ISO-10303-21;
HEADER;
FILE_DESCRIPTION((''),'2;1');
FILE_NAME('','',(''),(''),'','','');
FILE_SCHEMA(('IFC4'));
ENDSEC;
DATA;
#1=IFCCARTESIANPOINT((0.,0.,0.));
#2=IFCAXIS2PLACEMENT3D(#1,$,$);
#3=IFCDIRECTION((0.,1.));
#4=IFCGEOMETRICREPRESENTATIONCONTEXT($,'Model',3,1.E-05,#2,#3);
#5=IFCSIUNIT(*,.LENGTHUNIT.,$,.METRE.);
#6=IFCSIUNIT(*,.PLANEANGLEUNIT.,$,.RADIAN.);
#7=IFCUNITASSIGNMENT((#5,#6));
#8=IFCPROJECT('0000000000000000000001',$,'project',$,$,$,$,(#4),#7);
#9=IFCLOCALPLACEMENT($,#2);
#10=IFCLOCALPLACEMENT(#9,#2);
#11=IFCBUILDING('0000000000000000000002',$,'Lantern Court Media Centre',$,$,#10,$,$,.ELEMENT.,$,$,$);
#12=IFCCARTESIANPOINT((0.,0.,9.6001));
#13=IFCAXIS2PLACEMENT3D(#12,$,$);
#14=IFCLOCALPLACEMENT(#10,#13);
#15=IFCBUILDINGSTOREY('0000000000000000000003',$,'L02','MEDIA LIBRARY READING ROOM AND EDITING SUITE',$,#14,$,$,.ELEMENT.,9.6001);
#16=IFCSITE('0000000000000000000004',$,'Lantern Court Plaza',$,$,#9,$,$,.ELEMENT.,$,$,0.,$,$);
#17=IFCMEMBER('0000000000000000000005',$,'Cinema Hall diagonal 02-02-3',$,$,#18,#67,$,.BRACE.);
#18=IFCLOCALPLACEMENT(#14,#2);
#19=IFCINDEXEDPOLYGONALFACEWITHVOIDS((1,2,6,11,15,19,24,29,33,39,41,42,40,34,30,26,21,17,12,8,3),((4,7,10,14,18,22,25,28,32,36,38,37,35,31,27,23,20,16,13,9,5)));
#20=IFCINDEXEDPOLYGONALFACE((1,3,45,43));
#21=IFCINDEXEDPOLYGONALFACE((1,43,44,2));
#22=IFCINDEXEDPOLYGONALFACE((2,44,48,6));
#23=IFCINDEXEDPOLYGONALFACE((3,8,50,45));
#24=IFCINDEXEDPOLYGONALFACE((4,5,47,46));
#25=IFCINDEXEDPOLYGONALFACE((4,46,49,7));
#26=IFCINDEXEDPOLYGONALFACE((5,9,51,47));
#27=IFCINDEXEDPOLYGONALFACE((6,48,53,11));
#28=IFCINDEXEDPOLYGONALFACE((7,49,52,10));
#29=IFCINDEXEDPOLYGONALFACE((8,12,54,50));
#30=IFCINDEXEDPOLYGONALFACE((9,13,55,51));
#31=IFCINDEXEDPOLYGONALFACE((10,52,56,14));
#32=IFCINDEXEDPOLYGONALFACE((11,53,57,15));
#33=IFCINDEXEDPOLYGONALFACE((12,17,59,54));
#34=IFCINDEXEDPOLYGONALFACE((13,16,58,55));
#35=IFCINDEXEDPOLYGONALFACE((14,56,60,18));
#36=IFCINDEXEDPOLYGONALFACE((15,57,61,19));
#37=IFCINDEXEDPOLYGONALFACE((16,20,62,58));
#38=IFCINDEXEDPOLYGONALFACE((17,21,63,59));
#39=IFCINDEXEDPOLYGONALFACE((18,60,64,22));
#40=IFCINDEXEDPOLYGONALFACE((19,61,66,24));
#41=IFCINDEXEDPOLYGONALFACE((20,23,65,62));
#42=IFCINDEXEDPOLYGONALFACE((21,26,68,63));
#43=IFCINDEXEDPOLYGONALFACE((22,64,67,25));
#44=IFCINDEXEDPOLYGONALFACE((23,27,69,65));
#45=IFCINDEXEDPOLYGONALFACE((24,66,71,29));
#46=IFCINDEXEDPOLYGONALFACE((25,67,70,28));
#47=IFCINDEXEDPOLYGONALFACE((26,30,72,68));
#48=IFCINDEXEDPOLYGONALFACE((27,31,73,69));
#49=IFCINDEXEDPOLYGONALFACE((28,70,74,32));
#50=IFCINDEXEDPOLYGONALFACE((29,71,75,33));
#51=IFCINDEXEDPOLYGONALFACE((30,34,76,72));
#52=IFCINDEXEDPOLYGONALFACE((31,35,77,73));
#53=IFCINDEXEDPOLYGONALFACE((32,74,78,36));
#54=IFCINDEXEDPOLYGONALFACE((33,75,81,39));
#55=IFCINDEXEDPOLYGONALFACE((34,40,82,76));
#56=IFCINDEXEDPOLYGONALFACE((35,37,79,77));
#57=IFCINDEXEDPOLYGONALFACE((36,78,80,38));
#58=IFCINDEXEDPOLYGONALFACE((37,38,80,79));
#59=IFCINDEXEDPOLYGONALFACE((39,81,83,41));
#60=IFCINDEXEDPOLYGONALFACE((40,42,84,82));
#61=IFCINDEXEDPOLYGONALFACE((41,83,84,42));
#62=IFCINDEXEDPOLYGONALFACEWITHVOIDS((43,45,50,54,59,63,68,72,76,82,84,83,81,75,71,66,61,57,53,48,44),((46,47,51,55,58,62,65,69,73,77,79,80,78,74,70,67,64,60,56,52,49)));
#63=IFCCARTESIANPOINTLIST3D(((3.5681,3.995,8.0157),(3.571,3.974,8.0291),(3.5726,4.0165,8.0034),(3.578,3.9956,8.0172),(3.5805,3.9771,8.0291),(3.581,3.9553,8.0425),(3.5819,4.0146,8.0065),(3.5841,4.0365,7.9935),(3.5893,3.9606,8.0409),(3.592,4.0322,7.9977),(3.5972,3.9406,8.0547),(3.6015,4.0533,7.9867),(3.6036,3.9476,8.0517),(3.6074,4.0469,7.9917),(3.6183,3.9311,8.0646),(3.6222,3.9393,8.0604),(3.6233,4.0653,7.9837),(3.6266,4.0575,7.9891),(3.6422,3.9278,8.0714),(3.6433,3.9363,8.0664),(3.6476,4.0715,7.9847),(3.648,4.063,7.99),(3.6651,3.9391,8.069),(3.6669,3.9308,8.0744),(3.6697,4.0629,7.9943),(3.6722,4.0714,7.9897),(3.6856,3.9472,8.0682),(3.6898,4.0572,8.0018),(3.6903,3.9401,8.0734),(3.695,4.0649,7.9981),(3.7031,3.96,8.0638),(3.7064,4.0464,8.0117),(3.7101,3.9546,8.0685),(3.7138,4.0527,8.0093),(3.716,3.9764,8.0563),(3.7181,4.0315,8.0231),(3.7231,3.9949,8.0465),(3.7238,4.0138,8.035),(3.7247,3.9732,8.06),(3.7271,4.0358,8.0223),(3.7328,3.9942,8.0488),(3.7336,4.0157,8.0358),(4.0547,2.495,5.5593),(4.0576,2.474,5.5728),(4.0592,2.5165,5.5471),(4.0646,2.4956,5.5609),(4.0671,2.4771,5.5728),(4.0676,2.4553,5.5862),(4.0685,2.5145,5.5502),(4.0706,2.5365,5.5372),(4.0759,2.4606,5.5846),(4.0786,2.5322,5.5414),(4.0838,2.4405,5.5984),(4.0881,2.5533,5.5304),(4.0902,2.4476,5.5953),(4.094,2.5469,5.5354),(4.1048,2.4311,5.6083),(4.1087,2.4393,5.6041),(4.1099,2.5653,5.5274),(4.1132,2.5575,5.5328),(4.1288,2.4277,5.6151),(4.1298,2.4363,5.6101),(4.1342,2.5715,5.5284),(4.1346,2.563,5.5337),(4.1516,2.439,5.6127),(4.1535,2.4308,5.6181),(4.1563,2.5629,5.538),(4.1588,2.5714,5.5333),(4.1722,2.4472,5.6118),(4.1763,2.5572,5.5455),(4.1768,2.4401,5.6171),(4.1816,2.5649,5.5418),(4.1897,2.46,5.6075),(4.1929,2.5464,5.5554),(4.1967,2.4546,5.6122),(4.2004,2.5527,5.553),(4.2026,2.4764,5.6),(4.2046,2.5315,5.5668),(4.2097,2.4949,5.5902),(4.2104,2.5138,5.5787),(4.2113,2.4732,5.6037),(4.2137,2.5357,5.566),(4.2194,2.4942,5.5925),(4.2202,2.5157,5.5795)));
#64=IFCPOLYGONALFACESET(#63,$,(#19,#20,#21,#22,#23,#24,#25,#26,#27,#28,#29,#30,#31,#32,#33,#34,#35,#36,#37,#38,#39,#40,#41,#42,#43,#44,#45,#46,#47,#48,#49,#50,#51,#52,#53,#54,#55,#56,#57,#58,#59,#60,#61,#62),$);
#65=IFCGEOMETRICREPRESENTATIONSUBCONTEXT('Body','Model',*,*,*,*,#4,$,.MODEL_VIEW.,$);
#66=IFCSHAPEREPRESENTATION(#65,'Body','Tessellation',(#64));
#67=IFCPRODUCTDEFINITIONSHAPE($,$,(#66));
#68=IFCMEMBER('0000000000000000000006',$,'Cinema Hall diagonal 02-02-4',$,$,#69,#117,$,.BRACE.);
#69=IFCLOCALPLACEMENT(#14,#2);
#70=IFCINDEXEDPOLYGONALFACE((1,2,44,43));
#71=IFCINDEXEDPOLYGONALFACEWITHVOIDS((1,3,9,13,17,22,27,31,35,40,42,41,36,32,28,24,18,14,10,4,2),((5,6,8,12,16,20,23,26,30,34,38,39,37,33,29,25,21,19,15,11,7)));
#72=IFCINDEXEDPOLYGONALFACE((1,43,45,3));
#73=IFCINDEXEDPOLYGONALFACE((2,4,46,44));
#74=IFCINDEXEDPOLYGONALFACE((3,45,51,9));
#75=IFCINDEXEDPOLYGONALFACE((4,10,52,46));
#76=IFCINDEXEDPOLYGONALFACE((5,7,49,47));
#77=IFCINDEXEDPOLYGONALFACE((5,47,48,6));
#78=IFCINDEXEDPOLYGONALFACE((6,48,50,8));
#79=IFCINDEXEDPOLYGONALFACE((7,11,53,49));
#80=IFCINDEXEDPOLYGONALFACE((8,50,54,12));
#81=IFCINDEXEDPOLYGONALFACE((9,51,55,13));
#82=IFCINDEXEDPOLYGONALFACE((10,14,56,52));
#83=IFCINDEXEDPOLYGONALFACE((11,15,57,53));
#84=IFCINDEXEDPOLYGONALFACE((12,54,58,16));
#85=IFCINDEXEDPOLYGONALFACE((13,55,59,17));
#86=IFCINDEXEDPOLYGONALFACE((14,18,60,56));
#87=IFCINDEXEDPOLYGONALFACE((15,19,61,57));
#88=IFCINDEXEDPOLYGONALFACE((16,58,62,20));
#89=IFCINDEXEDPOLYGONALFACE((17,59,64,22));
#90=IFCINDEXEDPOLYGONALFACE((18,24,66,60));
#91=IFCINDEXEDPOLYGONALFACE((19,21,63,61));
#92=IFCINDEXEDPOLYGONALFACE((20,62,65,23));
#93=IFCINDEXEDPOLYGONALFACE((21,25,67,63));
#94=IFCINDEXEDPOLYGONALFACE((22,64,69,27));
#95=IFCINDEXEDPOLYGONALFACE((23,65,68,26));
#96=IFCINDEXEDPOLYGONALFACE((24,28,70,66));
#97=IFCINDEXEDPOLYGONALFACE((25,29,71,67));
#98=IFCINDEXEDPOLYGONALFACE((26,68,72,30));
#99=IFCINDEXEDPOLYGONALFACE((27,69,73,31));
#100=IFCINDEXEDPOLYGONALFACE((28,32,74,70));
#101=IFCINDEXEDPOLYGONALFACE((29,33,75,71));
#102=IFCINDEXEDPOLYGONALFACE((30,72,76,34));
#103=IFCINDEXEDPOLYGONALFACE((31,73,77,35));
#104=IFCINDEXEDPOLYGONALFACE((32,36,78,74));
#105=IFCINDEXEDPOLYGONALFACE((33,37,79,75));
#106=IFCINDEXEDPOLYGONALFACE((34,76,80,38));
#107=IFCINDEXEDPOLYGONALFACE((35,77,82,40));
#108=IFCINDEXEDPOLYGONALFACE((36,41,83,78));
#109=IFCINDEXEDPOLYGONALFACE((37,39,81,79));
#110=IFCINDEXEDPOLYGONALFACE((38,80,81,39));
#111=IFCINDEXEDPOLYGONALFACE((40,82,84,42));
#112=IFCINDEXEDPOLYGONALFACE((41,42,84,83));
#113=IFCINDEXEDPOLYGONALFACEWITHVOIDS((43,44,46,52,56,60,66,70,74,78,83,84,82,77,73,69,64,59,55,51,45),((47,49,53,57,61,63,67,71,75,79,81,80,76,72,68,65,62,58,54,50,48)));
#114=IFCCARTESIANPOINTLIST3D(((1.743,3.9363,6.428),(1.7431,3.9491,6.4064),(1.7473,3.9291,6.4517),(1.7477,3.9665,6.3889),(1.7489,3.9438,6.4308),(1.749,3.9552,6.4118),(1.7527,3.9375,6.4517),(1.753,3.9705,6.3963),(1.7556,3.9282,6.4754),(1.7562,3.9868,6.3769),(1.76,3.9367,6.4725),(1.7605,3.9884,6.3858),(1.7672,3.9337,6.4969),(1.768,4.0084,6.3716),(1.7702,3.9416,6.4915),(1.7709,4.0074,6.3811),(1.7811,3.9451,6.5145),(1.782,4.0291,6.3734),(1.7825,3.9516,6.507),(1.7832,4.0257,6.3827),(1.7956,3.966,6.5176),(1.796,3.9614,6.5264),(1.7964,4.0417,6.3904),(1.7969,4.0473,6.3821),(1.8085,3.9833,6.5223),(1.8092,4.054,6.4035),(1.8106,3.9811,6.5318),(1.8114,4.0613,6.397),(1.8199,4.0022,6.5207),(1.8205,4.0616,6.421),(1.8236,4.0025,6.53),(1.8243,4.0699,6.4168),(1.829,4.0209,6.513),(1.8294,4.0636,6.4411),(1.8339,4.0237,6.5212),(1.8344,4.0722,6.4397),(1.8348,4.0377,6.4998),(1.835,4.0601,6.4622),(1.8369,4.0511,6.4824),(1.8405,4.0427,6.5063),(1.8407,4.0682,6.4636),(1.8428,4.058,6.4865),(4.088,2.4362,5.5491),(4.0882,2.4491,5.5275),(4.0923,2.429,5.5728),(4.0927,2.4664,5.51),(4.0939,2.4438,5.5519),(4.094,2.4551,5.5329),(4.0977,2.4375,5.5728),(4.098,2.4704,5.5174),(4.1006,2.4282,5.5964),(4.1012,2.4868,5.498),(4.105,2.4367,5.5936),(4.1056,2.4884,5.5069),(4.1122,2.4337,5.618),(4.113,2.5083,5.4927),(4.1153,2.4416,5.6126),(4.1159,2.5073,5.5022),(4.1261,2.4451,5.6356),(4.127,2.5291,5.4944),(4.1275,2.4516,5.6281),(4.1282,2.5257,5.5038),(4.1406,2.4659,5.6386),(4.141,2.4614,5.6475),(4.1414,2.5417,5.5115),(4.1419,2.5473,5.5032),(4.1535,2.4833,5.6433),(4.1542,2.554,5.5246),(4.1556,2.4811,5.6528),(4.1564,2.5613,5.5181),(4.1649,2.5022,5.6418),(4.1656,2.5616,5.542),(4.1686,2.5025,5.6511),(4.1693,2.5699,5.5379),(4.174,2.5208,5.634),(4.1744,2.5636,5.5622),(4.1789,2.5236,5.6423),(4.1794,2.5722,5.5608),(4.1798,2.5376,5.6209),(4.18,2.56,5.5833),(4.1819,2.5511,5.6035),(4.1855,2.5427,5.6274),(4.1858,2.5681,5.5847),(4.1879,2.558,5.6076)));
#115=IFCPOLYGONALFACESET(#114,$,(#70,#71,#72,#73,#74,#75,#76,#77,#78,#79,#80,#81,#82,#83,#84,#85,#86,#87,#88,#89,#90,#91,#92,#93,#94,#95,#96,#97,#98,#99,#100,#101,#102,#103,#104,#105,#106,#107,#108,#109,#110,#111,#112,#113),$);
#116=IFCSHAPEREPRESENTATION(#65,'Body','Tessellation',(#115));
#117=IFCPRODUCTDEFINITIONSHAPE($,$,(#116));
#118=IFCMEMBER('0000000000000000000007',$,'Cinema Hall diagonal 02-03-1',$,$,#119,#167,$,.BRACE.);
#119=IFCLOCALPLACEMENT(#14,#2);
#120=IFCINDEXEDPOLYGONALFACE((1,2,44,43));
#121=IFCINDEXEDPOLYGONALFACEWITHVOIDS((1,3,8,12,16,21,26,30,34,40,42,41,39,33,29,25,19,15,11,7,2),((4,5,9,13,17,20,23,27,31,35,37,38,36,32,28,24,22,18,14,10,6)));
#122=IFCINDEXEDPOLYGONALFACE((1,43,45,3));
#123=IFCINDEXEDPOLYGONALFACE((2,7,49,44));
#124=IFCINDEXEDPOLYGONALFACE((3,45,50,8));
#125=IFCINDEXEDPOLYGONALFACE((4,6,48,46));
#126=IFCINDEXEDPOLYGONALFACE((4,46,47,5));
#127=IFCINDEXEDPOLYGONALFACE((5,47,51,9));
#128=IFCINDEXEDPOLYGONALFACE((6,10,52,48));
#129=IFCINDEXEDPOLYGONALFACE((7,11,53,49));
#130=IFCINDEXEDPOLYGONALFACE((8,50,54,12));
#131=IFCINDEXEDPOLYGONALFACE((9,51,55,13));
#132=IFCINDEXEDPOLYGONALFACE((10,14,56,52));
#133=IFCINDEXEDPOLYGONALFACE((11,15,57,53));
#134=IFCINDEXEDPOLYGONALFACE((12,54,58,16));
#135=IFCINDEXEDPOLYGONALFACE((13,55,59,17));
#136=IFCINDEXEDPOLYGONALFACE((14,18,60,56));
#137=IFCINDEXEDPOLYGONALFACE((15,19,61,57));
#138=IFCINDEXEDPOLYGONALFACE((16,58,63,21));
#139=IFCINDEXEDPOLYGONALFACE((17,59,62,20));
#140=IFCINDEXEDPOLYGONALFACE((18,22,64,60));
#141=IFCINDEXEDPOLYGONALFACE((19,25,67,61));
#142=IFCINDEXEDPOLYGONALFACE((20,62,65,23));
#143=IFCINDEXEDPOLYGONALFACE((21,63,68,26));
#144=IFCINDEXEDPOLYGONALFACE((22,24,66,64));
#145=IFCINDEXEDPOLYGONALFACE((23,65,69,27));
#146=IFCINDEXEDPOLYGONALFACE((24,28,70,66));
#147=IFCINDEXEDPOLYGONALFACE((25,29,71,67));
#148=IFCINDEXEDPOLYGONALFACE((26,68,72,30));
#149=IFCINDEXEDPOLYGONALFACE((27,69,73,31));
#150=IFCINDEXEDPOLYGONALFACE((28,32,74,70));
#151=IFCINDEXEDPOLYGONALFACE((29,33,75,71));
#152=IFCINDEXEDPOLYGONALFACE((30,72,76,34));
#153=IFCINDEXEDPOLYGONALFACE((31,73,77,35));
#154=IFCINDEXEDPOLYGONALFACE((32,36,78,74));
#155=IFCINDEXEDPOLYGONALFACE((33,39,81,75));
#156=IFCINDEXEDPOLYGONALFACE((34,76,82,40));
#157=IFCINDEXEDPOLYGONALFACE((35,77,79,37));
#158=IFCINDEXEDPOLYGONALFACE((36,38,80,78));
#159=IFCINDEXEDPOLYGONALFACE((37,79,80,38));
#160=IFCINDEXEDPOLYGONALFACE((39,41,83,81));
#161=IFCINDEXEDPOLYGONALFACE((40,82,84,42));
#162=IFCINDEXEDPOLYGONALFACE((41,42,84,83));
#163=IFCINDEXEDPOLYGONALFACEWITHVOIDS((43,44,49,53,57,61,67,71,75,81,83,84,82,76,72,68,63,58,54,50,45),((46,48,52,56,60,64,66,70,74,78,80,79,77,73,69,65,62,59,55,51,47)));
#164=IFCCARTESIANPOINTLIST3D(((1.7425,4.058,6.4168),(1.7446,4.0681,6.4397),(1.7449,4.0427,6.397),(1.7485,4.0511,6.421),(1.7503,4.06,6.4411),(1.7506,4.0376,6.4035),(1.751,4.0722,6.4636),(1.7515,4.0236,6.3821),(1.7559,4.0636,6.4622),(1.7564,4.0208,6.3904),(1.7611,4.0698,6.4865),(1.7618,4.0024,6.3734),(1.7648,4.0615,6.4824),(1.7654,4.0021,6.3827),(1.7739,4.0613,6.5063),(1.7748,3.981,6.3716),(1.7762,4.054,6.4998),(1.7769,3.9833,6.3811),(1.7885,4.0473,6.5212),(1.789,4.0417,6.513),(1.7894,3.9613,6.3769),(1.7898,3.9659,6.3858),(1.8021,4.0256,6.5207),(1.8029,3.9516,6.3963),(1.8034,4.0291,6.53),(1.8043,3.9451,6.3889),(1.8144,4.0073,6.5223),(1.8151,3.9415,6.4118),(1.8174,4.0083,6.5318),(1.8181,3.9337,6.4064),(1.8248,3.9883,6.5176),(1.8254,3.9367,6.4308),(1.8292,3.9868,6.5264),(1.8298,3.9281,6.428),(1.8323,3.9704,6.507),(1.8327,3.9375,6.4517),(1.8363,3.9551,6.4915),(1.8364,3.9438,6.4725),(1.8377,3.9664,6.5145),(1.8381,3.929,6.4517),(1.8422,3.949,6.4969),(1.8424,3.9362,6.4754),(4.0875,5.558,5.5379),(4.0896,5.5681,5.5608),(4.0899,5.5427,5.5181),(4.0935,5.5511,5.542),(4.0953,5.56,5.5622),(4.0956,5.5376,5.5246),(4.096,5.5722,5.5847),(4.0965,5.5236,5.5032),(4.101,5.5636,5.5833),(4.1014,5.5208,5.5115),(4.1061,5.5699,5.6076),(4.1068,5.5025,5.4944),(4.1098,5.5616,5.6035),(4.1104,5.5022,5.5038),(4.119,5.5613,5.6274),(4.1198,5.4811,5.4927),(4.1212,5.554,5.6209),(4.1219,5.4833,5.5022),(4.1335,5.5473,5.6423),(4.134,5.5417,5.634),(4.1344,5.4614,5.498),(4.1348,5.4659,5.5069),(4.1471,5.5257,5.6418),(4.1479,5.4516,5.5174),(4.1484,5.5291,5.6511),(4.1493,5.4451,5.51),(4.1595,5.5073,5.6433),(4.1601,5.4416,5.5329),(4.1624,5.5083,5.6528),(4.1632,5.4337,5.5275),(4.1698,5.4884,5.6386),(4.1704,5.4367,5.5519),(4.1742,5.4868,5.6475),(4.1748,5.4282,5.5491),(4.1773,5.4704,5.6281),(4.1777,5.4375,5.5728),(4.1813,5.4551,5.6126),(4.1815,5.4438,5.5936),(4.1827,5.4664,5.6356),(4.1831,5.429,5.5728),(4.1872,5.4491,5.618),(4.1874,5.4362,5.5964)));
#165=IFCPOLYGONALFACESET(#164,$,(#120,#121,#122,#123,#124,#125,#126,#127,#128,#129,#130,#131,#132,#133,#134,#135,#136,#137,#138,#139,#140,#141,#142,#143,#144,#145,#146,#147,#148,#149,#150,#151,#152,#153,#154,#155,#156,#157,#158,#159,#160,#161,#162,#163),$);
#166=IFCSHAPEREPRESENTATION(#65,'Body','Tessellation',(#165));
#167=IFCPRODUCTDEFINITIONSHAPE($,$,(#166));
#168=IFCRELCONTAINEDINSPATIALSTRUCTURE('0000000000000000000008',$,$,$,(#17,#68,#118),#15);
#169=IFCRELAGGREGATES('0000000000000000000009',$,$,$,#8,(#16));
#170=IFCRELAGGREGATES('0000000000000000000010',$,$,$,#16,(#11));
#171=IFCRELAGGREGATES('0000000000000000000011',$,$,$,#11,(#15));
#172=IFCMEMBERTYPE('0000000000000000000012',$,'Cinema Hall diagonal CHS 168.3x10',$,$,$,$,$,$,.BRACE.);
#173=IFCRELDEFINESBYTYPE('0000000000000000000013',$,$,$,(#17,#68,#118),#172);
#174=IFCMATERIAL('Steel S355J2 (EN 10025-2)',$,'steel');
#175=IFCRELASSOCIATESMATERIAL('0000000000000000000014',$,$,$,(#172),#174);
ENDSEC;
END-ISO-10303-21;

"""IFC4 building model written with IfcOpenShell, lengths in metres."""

from ifc_helpers import new_model, si_unit, direction, frame, origin, origin_2d, place, context, subcontext, project, spatial, hollow_circle, extrude, material, material_profile, profile_set, type_object, element, save


model = new_model("IFC4")

# Units and contexts
model_context = context("Model", 3, precision=1e-05, world=origin(), true_north=direction((0.0, 1.0)))
body_context = subcontext(model_context, "Body", "Model", "MODEL_VIEW")
ifc_project = project(units=[si_unit("LENGTHUNIT", "METRE"), si_unit("PLANEANGLEUNIT", "RADIAN")], contexts=[model_context])

# Site, building, storey
site_placement = place(None, origin())
site = spatial("IfcSite", under=ifc_project, at=site_placement, Name="Lantern Court Plaza", CompositionType="ELEMENT", RefElevation=0.0)
building_placement = place(site_placement, origin())
building = spatial("IfcBuilding", under=site, at=building_placement, Name="Lantern Court Media Centre", CompositionType="ELEMENT")
storey_placement = place(building_placement, frame((0.0, 0.0, 9.6001)))
storey = spatial("IfcBuildingStorey", under=building, at=storey_placement, Name="L02", Description="MEDIA LIBRARY READING ROOM AND EDITING SUITE", CompositionType="ELEMENT", Elevation=9.6001)

# Members
ifc_material = material(Name="Steel S355J2 (EN 10025-2)", Category="steel")
ifc_material_profile_1 = material_profile(ifc_material, hollow_circle(Radius=0.0842, WallThickness=0.01, at=origin_2d()), Name="Cinema Hall diagonal CHS 168.3x10")
ifc_profile_set_1 = profile_set([ifc_material_profile_1], Name="Steel S355J2 (EN 10025-2)")
member_type_1 = type_object("IfcMemberType", Name="Cinema Hall diagonal CHS 168.3x10", PredefinedType="BRACE", material=ifc_profile_set_1)
for number, where, z_axis, x_axis, name in (
    (1, (4.1377, 2.5, 5.5728), (-0.166695, 0.513887, 0.841506), (-0.951207, -0.308554, 0.0), "Cinema Hall diagonal 02-02-3"),
):
    element("IfcMember", number, at=place(storey_placement, frame(where, z_axis=z_axis, x_axis=x_axis)), inside=storey, type_object=member_type_1, Name=name, PredefinedType="BRACE", context=body_context, shape_type="SweptSolid", body=[
        extrude(hollow_circle(Radius=0.0842, WallThickness=0.01, at=origin_2d()), origin(), (0.0, 0.0, 1.0), 2.9189),
    ])
for number, where, z_axis, x_axis, name in (
    (2, (4.1377, 2.5, 5.5728), (-0.803309, 0.51385, 0.301084), (-0.538855, -0.842399, 0.0), "Cinema Hall diagonal 02-02-4"),
    (3, (4.1377, 5.5, 5.5728), (-0.803309, -0.51385, 0.301084), (0.538855, -0.842399, 0.0), "Cinema Hall diagonal 02-03-1"),
):
    element("IfcMember", number, at=place(storey_placement, frame(where, z_axis=z_axis, x_axis=x_axis)), inside=storey, type_object=member_type_1, Name=name, PredefinedType="BRACE", context=body_context, shape_type="SweptSolid", body=[
        extrude(hollow_circle(Radius=0.0842, WallThickness=0.01, at=origin_2d()), origin(), (0.0, 0.0, 1.0), 2.9192),
    ])

save(model, "model.ifc")
